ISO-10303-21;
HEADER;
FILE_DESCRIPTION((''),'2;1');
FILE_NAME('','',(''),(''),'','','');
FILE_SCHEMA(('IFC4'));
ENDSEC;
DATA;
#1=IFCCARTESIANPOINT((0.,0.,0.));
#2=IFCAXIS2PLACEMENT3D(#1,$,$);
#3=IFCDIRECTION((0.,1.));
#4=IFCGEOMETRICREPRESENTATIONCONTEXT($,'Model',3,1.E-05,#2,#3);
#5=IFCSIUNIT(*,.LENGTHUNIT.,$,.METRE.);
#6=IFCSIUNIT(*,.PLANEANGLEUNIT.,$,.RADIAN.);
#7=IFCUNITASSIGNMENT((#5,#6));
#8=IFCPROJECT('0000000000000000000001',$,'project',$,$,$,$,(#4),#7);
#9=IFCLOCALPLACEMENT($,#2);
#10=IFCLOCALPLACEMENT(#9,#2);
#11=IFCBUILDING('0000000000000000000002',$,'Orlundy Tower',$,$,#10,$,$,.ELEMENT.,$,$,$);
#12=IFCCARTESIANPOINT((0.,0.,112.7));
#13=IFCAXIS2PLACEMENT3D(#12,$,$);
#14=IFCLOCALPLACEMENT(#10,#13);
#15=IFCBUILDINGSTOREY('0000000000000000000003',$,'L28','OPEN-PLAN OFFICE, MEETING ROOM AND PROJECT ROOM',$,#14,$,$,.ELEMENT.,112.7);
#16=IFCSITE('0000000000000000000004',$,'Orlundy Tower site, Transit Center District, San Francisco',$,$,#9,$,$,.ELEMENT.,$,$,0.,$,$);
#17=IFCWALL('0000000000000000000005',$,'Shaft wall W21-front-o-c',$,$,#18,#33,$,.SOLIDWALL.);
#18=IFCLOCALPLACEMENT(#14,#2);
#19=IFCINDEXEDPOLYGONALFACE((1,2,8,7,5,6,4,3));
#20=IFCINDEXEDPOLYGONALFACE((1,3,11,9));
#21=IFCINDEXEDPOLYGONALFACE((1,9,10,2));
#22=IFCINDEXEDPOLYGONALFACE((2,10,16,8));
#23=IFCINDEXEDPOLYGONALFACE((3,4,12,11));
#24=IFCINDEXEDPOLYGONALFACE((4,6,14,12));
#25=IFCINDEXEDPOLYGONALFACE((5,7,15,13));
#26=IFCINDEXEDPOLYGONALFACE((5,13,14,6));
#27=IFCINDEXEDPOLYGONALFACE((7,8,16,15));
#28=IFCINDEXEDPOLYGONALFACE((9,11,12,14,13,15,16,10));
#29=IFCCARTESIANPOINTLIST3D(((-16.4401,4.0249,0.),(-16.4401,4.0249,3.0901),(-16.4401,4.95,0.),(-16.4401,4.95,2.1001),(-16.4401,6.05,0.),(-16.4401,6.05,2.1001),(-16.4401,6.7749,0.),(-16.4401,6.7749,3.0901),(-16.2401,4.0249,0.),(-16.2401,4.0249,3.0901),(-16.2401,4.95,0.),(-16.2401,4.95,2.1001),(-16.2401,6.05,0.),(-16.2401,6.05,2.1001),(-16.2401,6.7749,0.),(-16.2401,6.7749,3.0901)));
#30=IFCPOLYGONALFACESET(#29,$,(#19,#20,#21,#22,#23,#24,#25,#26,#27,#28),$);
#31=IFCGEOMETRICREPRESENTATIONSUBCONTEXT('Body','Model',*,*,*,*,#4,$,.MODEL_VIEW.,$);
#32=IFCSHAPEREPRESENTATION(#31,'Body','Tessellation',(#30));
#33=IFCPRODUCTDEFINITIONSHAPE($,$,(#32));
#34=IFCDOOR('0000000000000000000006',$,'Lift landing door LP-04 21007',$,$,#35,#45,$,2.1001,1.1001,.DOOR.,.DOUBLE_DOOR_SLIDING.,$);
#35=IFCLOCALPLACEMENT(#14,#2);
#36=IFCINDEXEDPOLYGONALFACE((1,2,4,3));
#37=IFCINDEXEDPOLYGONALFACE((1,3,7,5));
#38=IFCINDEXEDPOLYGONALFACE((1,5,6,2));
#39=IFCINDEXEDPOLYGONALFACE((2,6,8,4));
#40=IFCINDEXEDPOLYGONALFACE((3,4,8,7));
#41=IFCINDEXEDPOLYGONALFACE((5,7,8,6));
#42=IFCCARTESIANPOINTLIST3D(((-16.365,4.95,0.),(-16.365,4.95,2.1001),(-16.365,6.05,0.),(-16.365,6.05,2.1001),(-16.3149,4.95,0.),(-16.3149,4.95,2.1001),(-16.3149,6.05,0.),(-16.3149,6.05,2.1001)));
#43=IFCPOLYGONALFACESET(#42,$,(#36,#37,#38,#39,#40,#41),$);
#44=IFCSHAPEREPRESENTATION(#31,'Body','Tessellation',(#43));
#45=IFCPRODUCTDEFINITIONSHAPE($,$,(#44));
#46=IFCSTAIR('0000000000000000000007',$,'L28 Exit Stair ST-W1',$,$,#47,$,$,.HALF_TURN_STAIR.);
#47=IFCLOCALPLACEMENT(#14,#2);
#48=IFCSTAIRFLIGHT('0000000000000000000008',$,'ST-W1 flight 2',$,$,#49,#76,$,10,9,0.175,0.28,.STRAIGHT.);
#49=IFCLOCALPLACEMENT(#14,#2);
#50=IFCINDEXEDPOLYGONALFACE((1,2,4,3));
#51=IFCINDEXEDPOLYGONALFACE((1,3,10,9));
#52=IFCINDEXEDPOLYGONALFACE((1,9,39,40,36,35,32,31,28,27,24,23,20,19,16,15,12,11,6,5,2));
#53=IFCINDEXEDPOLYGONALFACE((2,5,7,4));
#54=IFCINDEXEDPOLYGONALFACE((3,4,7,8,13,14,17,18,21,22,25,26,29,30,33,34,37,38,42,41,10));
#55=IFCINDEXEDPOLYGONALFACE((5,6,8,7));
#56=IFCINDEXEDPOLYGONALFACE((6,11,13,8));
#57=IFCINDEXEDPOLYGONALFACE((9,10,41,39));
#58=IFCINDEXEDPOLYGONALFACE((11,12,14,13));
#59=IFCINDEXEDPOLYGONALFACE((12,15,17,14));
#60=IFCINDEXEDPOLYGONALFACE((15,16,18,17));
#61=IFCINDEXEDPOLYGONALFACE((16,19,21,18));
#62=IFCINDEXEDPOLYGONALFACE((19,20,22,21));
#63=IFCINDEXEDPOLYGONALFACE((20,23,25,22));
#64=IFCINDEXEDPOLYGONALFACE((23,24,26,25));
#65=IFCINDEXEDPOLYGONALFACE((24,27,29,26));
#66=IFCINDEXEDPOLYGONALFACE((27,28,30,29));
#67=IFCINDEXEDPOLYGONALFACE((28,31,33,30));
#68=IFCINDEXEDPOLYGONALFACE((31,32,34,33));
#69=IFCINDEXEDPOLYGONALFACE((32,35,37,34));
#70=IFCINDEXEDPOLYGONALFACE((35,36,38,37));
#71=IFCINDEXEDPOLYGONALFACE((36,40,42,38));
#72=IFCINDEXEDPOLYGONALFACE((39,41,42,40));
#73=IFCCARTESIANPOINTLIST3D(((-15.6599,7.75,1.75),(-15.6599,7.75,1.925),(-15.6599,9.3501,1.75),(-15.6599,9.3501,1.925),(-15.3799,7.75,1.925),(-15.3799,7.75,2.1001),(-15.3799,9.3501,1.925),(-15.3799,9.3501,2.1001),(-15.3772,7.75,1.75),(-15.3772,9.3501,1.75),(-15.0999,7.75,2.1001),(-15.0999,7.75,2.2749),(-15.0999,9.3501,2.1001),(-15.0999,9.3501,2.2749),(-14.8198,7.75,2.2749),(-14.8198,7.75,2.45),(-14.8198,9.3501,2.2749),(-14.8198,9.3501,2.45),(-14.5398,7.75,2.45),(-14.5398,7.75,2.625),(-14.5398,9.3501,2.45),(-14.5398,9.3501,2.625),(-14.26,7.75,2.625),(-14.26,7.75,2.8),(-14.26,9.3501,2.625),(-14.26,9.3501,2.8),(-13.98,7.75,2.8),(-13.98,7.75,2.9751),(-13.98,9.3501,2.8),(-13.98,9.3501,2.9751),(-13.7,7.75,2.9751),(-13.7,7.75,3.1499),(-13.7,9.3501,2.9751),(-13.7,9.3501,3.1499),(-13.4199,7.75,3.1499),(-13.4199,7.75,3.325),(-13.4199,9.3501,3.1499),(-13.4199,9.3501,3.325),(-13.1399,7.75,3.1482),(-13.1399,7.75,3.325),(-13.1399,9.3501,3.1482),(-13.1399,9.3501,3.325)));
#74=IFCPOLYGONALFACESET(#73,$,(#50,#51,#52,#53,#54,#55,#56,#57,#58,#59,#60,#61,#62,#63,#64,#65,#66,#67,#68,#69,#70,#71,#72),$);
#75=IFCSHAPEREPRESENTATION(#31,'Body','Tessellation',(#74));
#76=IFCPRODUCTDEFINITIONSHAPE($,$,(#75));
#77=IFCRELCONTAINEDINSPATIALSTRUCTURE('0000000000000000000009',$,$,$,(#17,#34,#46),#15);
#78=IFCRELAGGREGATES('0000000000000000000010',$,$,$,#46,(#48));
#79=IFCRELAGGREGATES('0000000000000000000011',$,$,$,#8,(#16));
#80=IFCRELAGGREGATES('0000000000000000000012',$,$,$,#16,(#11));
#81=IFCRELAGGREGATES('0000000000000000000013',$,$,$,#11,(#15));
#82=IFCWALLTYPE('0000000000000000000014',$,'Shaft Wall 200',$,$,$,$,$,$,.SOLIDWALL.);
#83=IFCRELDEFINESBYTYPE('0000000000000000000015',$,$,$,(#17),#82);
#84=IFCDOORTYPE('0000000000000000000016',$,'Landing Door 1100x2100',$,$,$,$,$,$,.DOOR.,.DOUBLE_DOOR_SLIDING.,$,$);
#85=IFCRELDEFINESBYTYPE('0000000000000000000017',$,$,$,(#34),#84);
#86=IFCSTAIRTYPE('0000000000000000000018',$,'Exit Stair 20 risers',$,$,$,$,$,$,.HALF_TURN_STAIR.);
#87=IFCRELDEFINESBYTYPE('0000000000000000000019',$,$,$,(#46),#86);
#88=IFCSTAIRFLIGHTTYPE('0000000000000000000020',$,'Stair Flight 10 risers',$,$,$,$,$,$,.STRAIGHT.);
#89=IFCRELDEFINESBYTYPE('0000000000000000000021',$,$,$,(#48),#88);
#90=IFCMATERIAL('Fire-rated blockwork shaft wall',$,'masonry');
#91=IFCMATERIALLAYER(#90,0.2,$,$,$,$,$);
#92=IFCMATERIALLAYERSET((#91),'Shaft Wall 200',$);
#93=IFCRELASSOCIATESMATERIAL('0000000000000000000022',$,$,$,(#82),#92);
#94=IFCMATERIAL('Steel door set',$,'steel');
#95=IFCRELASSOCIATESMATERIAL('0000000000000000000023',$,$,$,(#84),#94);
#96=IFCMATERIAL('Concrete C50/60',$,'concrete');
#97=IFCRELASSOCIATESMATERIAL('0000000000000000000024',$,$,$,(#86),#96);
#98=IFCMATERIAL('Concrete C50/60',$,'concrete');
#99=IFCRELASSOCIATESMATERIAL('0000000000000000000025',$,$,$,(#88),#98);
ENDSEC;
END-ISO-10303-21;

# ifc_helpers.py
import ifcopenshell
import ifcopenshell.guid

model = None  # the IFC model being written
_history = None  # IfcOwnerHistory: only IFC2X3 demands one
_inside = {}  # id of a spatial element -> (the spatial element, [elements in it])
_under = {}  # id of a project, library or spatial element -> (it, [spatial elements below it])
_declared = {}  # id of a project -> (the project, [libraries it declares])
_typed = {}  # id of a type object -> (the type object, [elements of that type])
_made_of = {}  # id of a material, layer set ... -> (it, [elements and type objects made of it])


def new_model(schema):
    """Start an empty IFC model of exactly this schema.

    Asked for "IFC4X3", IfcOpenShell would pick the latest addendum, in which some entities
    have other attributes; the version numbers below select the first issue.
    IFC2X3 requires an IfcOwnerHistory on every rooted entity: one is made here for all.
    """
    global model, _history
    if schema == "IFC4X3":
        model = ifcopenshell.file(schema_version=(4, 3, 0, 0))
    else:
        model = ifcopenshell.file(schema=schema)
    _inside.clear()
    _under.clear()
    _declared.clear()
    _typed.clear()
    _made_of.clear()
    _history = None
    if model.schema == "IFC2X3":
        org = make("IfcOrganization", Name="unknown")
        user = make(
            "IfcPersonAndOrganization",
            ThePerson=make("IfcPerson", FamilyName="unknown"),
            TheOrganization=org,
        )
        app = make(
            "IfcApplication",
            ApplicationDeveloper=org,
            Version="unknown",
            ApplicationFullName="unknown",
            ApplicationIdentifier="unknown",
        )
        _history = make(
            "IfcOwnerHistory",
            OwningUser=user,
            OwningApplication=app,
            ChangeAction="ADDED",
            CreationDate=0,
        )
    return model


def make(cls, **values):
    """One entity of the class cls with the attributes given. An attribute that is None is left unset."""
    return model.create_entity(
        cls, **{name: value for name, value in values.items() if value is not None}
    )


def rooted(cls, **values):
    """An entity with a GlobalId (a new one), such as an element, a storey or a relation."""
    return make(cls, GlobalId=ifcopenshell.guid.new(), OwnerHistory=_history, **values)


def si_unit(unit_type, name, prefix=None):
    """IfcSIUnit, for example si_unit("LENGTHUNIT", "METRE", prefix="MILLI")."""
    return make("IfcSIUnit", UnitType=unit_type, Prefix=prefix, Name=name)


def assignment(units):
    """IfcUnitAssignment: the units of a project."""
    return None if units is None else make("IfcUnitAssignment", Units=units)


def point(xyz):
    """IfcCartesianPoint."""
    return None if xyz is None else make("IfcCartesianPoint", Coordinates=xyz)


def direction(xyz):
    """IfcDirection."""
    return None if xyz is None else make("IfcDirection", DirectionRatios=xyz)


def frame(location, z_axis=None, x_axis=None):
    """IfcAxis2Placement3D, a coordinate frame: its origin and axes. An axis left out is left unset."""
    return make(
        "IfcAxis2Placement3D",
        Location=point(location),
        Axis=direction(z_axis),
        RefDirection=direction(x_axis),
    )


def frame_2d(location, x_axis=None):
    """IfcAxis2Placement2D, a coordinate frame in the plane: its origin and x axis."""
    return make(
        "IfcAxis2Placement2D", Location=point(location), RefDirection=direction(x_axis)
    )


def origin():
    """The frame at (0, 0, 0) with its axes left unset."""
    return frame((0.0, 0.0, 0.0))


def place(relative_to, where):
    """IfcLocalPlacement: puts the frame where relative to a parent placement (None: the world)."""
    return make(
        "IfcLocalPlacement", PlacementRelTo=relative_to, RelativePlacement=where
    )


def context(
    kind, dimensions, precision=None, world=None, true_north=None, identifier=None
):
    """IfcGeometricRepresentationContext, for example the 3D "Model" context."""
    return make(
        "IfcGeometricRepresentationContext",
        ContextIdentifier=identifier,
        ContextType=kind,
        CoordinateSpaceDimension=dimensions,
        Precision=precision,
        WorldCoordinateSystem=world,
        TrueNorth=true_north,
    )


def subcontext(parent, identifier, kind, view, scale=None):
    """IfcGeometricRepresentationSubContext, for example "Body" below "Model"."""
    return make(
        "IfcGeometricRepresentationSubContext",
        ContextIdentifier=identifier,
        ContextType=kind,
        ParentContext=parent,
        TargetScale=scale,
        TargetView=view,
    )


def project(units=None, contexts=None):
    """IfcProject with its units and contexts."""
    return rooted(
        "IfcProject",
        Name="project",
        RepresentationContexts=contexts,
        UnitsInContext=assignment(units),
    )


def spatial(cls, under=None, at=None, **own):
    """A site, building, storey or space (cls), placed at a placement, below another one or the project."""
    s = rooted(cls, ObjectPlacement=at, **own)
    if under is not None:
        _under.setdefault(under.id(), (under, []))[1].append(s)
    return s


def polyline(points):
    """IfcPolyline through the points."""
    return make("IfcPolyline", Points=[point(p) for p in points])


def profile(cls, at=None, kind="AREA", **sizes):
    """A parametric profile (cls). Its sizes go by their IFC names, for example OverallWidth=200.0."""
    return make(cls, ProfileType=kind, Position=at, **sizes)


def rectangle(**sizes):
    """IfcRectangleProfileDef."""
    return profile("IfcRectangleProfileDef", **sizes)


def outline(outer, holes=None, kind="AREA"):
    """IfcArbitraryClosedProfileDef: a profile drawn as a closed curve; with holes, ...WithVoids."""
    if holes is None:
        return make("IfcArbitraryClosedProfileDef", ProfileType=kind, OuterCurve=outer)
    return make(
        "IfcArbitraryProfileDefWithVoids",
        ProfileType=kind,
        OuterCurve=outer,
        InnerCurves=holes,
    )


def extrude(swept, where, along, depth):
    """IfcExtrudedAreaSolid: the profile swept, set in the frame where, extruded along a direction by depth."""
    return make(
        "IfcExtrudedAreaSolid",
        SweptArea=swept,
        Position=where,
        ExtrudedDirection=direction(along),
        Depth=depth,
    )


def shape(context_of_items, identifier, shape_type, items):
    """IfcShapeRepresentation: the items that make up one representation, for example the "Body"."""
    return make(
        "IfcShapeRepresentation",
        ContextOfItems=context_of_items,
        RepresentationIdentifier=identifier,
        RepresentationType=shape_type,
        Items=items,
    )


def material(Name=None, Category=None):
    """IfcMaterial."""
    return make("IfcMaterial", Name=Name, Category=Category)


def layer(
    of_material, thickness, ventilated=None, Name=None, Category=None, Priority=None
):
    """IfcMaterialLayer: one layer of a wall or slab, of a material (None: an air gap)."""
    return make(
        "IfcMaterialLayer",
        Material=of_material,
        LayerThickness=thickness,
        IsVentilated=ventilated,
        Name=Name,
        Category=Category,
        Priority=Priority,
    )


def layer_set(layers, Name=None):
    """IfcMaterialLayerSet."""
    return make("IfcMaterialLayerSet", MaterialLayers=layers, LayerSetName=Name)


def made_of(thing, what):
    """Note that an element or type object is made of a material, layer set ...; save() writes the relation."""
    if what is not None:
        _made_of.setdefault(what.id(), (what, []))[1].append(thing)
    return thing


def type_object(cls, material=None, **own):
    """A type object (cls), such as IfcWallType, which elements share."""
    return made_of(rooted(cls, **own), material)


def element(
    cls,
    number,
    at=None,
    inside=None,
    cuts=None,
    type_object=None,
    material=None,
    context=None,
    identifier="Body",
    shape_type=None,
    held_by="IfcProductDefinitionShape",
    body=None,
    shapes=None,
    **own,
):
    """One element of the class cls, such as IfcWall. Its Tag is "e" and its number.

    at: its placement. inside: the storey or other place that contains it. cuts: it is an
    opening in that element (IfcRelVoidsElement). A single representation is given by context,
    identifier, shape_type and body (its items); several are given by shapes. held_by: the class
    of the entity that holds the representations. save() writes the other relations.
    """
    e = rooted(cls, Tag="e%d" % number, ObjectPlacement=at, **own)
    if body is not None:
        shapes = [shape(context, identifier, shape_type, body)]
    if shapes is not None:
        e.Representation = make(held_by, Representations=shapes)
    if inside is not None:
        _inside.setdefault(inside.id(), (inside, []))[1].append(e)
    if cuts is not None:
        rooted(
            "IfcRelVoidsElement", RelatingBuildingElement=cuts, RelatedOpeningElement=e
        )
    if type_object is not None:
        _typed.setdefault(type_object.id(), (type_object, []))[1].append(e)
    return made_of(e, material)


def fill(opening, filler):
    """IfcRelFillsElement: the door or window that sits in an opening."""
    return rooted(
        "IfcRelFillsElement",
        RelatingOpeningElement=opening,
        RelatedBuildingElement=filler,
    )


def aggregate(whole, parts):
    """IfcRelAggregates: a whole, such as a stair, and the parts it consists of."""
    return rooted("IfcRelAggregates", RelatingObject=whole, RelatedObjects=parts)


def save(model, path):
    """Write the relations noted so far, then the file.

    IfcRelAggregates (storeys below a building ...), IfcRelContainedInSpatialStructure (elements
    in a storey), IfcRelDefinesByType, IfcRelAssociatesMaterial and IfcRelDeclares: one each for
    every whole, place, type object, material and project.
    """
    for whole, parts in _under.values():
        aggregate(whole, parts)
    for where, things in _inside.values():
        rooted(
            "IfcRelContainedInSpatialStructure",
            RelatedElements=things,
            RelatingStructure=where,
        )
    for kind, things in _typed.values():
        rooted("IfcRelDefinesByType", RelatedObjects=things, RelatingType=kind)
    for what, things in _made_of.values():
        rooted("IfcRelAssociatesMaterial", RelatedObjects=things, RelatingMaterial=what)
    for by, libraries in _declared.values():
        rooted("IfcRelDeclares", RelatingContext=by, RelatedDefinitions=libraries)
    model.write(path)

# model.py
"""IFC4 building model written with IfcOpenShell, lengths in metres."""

from ifc_helpers import new_model, si_unit, direction, frame, frame_2d, origin, place, context, subcontext, project, spatial, polyline, rectangle, outline, extrude, material, layer, layer_set, type_object, element, fill, aggregate, save


model = new_model("IFC4")

# Units and contexts
model_context = context("Model", 3, precision=1e-05, world=origin(), true_north=direction((0.0, 1.0)))
body_context = subcontext(model_context, "Body", "Model", "MODEL_VIEW")
ifc_project = project(units=[si_unit("LENGTHUNIT", "METRE"), si_unit("PLANEANGLEUNIT", "RADIAN")], contexts=[model_context])

# Site, building, storey
site_placement = place(None, origin())
site = spatial("IfcSite", under=ifc_project, at=site_placement, Name="Orlundy Tower site, Transit Center District, San Francisco", CompositionType="ELEMENT", RefElevation=0.0)
building_placement = place(site_placement, origin())
building = spatial("IfcBuilding", under=site, at=building_placement, Name="Orlundy Tower", CompositionType="ELEMENT")
storey_placement = place(building_placement, frame((0.0, 0.0, 112.7)))
storey = spatial("IfcBuildingStorey", under=building, at=storey_placement, Name="L28", Description="OPEN-PLAN OFFICE, MEETING ROOM AND PROJECT ROOM", CompositionType="ELEMENT", Elevation=112.7)

# Wall, opening, door
ifc_material_1 = material(Name="Fire-rated blockwork shaft wall", Category="masonry")
ifc_layer_1 = layer(ifc_material_1, 0.2)
ifc_layer_set_1 = layer_set([ifc_layer_1], Name="Shaft Wall 200")
wall_type_1 = type_object("IfcWallType", Name="Shaft Wall 200", PredefinedType="SOLIDWALL", material=ifc_layer_set_1)
wall_1_placement = place(storey_placement, frame((-16.3401, 4.0249, 0.0), z_axis=(0.0, 0.0, 1.0), x_axis=(0.0, 1.0, 0.0)))
wall_1 = element("IfcWall", 1, at=wall_1_placement, inside=storey, type_object=wall_type_1, Name="Shaft wall W21-front-o-c", PredefinedType="SOLIDWALL", context=body_context, shape_type="SweptSolid", body=[
    extrude(rectangle(XDim=2.75, YDim=0.2, at=frame_2d((1.375, 0.0))), origin(), (0.0, 0.0, 1.0), 3.0901),
])
opening_1_placement = place(wall_1_placement, frame((0.925, 0.0, 0.0)))
opening_1 = element("IfcOpeningElement", 2, at=opening_1_placement, cuts=wall_1, PredefinedType="OPENING", context=body_context, shape_type="SweptSolid", body=[
    extrude(rectangle(XDim=1.1001, YDim=2.1001, at=frame_2d((0.55, 1.05))), frame((0.0, 0.1101, 0.0), z_axis=(0.0, -1.0, 0.0), x_axis=(1.0, 0.0, 0.0)), (0.0, 0.0, 1.0), 0.2202),
])
ifc_material_2 = material(Name="Steel door set", Category="steel")
door_type_1 = type_object("IfcDoorType", Name="Landing Door 1100x2100", OperationType="DOUBLE_DOOR_SLIDING", PredefinedType="DOOR", material=ifc_material_2)
door_1_placement = place(opening_1_placement, origin())
door_1 = element("IfcDoor", 3, at=door_1_placement, inside=storey, type_object=door_type_1, Name="Lift landing door LP-04 21007", OperationType="DOUBLE_DOOR_SLIDING", OverallHeight=2.1001, OverallWidth=1.1001, PredefinedType="DOOR", context=body_context, shape_type="SweptSolid", body=[
    extrude(rectangle(XDim=1.1001, YDim=2.1001, at=frame_2d((0.55, 1.05))), frame((0.0, 0.0249, 0.0), z_axis=(0.0, -1.0, 0.0), x_axis=(1.0, 0.0, 0.0)), (0.0, 0.0, 1.0), 0.05),
])
fill(opening_1, door_1)

# Stair, stair flight
ifc_material_3 = material(Name="Concrete C50/60", Category="concrete")
stair_type = type_object("IfcStairType", Name="Exit Stair 20 risers", PredefinedType="HALF_TURN_STAIR", material=ifc_material_3)
stair_placement = place(storey_placement, origin())
stair = element("IfcStair", 4, at=stair_placement, inside=storey, type_object=stair_type, Name="L28 Exit Stair ST-W1", PredefinedType="HALF_TURN_STAIR")
ifc_material_4 = material(Name="Concrete C50/60", Category="concrete")
stair_flight_type = type_object("IfcStairFlightType", Name="Stair Flight 10 risers", PredefinedType="STRAIGHT", material=ifc_material_4)
stair_flight_placement = place(storey_placement, frame((-15.6599, 8.55, 1.75), z_axis=(0.0, 0.0, 1.0), x_axis=(1.0, 0.0, 0.0)))
stair_flight = element("IfcStairFlight", 5, at=stair_flight_placement, type_object=stair_flight_type, Name="ST-W1 flight 2", NumberOfRisers=10, NumberOfTreads=9, PredefinedType="STRAIGHT", RiserHeight=0.175, TreadLength=0.28, context=body_context, shape_type="SweptSolid", body=[
    extrude(outline(polyline([(0.0, 0.0), (0.0, 0.175), (0.28, 0.175), (0.28, 0.3501), (0.5601, 0.3501), (0.5601, 0.5249), (0.8401, 0.5249), (0.8401, 0.7), (1.1201, 0.7), (1.1201, 0.875), (1.3999, 0.875), (1.3999, 1.05), (1.6799, 1.05), (1.6799, 1.2251), (1.96, 1.2251), (1.96, 1.3999), (2.24, 1.3999), (2.24, 1.575), (2.52, 1.575), (2.52, 1.75), (2.52, 1.3982), (0.2827, 0.0), (0.0, 0.0)])), frame((0.0, 0.8, 0.0), z_axis=(0.0, -1.0, 0.0), x_axis=(1.0, 0.0, 0.0)), (0.0, 0.0, 1.0), 1.6001),
])
aggregate(stair, [stair_flight])

save(model, "model.ifc")
